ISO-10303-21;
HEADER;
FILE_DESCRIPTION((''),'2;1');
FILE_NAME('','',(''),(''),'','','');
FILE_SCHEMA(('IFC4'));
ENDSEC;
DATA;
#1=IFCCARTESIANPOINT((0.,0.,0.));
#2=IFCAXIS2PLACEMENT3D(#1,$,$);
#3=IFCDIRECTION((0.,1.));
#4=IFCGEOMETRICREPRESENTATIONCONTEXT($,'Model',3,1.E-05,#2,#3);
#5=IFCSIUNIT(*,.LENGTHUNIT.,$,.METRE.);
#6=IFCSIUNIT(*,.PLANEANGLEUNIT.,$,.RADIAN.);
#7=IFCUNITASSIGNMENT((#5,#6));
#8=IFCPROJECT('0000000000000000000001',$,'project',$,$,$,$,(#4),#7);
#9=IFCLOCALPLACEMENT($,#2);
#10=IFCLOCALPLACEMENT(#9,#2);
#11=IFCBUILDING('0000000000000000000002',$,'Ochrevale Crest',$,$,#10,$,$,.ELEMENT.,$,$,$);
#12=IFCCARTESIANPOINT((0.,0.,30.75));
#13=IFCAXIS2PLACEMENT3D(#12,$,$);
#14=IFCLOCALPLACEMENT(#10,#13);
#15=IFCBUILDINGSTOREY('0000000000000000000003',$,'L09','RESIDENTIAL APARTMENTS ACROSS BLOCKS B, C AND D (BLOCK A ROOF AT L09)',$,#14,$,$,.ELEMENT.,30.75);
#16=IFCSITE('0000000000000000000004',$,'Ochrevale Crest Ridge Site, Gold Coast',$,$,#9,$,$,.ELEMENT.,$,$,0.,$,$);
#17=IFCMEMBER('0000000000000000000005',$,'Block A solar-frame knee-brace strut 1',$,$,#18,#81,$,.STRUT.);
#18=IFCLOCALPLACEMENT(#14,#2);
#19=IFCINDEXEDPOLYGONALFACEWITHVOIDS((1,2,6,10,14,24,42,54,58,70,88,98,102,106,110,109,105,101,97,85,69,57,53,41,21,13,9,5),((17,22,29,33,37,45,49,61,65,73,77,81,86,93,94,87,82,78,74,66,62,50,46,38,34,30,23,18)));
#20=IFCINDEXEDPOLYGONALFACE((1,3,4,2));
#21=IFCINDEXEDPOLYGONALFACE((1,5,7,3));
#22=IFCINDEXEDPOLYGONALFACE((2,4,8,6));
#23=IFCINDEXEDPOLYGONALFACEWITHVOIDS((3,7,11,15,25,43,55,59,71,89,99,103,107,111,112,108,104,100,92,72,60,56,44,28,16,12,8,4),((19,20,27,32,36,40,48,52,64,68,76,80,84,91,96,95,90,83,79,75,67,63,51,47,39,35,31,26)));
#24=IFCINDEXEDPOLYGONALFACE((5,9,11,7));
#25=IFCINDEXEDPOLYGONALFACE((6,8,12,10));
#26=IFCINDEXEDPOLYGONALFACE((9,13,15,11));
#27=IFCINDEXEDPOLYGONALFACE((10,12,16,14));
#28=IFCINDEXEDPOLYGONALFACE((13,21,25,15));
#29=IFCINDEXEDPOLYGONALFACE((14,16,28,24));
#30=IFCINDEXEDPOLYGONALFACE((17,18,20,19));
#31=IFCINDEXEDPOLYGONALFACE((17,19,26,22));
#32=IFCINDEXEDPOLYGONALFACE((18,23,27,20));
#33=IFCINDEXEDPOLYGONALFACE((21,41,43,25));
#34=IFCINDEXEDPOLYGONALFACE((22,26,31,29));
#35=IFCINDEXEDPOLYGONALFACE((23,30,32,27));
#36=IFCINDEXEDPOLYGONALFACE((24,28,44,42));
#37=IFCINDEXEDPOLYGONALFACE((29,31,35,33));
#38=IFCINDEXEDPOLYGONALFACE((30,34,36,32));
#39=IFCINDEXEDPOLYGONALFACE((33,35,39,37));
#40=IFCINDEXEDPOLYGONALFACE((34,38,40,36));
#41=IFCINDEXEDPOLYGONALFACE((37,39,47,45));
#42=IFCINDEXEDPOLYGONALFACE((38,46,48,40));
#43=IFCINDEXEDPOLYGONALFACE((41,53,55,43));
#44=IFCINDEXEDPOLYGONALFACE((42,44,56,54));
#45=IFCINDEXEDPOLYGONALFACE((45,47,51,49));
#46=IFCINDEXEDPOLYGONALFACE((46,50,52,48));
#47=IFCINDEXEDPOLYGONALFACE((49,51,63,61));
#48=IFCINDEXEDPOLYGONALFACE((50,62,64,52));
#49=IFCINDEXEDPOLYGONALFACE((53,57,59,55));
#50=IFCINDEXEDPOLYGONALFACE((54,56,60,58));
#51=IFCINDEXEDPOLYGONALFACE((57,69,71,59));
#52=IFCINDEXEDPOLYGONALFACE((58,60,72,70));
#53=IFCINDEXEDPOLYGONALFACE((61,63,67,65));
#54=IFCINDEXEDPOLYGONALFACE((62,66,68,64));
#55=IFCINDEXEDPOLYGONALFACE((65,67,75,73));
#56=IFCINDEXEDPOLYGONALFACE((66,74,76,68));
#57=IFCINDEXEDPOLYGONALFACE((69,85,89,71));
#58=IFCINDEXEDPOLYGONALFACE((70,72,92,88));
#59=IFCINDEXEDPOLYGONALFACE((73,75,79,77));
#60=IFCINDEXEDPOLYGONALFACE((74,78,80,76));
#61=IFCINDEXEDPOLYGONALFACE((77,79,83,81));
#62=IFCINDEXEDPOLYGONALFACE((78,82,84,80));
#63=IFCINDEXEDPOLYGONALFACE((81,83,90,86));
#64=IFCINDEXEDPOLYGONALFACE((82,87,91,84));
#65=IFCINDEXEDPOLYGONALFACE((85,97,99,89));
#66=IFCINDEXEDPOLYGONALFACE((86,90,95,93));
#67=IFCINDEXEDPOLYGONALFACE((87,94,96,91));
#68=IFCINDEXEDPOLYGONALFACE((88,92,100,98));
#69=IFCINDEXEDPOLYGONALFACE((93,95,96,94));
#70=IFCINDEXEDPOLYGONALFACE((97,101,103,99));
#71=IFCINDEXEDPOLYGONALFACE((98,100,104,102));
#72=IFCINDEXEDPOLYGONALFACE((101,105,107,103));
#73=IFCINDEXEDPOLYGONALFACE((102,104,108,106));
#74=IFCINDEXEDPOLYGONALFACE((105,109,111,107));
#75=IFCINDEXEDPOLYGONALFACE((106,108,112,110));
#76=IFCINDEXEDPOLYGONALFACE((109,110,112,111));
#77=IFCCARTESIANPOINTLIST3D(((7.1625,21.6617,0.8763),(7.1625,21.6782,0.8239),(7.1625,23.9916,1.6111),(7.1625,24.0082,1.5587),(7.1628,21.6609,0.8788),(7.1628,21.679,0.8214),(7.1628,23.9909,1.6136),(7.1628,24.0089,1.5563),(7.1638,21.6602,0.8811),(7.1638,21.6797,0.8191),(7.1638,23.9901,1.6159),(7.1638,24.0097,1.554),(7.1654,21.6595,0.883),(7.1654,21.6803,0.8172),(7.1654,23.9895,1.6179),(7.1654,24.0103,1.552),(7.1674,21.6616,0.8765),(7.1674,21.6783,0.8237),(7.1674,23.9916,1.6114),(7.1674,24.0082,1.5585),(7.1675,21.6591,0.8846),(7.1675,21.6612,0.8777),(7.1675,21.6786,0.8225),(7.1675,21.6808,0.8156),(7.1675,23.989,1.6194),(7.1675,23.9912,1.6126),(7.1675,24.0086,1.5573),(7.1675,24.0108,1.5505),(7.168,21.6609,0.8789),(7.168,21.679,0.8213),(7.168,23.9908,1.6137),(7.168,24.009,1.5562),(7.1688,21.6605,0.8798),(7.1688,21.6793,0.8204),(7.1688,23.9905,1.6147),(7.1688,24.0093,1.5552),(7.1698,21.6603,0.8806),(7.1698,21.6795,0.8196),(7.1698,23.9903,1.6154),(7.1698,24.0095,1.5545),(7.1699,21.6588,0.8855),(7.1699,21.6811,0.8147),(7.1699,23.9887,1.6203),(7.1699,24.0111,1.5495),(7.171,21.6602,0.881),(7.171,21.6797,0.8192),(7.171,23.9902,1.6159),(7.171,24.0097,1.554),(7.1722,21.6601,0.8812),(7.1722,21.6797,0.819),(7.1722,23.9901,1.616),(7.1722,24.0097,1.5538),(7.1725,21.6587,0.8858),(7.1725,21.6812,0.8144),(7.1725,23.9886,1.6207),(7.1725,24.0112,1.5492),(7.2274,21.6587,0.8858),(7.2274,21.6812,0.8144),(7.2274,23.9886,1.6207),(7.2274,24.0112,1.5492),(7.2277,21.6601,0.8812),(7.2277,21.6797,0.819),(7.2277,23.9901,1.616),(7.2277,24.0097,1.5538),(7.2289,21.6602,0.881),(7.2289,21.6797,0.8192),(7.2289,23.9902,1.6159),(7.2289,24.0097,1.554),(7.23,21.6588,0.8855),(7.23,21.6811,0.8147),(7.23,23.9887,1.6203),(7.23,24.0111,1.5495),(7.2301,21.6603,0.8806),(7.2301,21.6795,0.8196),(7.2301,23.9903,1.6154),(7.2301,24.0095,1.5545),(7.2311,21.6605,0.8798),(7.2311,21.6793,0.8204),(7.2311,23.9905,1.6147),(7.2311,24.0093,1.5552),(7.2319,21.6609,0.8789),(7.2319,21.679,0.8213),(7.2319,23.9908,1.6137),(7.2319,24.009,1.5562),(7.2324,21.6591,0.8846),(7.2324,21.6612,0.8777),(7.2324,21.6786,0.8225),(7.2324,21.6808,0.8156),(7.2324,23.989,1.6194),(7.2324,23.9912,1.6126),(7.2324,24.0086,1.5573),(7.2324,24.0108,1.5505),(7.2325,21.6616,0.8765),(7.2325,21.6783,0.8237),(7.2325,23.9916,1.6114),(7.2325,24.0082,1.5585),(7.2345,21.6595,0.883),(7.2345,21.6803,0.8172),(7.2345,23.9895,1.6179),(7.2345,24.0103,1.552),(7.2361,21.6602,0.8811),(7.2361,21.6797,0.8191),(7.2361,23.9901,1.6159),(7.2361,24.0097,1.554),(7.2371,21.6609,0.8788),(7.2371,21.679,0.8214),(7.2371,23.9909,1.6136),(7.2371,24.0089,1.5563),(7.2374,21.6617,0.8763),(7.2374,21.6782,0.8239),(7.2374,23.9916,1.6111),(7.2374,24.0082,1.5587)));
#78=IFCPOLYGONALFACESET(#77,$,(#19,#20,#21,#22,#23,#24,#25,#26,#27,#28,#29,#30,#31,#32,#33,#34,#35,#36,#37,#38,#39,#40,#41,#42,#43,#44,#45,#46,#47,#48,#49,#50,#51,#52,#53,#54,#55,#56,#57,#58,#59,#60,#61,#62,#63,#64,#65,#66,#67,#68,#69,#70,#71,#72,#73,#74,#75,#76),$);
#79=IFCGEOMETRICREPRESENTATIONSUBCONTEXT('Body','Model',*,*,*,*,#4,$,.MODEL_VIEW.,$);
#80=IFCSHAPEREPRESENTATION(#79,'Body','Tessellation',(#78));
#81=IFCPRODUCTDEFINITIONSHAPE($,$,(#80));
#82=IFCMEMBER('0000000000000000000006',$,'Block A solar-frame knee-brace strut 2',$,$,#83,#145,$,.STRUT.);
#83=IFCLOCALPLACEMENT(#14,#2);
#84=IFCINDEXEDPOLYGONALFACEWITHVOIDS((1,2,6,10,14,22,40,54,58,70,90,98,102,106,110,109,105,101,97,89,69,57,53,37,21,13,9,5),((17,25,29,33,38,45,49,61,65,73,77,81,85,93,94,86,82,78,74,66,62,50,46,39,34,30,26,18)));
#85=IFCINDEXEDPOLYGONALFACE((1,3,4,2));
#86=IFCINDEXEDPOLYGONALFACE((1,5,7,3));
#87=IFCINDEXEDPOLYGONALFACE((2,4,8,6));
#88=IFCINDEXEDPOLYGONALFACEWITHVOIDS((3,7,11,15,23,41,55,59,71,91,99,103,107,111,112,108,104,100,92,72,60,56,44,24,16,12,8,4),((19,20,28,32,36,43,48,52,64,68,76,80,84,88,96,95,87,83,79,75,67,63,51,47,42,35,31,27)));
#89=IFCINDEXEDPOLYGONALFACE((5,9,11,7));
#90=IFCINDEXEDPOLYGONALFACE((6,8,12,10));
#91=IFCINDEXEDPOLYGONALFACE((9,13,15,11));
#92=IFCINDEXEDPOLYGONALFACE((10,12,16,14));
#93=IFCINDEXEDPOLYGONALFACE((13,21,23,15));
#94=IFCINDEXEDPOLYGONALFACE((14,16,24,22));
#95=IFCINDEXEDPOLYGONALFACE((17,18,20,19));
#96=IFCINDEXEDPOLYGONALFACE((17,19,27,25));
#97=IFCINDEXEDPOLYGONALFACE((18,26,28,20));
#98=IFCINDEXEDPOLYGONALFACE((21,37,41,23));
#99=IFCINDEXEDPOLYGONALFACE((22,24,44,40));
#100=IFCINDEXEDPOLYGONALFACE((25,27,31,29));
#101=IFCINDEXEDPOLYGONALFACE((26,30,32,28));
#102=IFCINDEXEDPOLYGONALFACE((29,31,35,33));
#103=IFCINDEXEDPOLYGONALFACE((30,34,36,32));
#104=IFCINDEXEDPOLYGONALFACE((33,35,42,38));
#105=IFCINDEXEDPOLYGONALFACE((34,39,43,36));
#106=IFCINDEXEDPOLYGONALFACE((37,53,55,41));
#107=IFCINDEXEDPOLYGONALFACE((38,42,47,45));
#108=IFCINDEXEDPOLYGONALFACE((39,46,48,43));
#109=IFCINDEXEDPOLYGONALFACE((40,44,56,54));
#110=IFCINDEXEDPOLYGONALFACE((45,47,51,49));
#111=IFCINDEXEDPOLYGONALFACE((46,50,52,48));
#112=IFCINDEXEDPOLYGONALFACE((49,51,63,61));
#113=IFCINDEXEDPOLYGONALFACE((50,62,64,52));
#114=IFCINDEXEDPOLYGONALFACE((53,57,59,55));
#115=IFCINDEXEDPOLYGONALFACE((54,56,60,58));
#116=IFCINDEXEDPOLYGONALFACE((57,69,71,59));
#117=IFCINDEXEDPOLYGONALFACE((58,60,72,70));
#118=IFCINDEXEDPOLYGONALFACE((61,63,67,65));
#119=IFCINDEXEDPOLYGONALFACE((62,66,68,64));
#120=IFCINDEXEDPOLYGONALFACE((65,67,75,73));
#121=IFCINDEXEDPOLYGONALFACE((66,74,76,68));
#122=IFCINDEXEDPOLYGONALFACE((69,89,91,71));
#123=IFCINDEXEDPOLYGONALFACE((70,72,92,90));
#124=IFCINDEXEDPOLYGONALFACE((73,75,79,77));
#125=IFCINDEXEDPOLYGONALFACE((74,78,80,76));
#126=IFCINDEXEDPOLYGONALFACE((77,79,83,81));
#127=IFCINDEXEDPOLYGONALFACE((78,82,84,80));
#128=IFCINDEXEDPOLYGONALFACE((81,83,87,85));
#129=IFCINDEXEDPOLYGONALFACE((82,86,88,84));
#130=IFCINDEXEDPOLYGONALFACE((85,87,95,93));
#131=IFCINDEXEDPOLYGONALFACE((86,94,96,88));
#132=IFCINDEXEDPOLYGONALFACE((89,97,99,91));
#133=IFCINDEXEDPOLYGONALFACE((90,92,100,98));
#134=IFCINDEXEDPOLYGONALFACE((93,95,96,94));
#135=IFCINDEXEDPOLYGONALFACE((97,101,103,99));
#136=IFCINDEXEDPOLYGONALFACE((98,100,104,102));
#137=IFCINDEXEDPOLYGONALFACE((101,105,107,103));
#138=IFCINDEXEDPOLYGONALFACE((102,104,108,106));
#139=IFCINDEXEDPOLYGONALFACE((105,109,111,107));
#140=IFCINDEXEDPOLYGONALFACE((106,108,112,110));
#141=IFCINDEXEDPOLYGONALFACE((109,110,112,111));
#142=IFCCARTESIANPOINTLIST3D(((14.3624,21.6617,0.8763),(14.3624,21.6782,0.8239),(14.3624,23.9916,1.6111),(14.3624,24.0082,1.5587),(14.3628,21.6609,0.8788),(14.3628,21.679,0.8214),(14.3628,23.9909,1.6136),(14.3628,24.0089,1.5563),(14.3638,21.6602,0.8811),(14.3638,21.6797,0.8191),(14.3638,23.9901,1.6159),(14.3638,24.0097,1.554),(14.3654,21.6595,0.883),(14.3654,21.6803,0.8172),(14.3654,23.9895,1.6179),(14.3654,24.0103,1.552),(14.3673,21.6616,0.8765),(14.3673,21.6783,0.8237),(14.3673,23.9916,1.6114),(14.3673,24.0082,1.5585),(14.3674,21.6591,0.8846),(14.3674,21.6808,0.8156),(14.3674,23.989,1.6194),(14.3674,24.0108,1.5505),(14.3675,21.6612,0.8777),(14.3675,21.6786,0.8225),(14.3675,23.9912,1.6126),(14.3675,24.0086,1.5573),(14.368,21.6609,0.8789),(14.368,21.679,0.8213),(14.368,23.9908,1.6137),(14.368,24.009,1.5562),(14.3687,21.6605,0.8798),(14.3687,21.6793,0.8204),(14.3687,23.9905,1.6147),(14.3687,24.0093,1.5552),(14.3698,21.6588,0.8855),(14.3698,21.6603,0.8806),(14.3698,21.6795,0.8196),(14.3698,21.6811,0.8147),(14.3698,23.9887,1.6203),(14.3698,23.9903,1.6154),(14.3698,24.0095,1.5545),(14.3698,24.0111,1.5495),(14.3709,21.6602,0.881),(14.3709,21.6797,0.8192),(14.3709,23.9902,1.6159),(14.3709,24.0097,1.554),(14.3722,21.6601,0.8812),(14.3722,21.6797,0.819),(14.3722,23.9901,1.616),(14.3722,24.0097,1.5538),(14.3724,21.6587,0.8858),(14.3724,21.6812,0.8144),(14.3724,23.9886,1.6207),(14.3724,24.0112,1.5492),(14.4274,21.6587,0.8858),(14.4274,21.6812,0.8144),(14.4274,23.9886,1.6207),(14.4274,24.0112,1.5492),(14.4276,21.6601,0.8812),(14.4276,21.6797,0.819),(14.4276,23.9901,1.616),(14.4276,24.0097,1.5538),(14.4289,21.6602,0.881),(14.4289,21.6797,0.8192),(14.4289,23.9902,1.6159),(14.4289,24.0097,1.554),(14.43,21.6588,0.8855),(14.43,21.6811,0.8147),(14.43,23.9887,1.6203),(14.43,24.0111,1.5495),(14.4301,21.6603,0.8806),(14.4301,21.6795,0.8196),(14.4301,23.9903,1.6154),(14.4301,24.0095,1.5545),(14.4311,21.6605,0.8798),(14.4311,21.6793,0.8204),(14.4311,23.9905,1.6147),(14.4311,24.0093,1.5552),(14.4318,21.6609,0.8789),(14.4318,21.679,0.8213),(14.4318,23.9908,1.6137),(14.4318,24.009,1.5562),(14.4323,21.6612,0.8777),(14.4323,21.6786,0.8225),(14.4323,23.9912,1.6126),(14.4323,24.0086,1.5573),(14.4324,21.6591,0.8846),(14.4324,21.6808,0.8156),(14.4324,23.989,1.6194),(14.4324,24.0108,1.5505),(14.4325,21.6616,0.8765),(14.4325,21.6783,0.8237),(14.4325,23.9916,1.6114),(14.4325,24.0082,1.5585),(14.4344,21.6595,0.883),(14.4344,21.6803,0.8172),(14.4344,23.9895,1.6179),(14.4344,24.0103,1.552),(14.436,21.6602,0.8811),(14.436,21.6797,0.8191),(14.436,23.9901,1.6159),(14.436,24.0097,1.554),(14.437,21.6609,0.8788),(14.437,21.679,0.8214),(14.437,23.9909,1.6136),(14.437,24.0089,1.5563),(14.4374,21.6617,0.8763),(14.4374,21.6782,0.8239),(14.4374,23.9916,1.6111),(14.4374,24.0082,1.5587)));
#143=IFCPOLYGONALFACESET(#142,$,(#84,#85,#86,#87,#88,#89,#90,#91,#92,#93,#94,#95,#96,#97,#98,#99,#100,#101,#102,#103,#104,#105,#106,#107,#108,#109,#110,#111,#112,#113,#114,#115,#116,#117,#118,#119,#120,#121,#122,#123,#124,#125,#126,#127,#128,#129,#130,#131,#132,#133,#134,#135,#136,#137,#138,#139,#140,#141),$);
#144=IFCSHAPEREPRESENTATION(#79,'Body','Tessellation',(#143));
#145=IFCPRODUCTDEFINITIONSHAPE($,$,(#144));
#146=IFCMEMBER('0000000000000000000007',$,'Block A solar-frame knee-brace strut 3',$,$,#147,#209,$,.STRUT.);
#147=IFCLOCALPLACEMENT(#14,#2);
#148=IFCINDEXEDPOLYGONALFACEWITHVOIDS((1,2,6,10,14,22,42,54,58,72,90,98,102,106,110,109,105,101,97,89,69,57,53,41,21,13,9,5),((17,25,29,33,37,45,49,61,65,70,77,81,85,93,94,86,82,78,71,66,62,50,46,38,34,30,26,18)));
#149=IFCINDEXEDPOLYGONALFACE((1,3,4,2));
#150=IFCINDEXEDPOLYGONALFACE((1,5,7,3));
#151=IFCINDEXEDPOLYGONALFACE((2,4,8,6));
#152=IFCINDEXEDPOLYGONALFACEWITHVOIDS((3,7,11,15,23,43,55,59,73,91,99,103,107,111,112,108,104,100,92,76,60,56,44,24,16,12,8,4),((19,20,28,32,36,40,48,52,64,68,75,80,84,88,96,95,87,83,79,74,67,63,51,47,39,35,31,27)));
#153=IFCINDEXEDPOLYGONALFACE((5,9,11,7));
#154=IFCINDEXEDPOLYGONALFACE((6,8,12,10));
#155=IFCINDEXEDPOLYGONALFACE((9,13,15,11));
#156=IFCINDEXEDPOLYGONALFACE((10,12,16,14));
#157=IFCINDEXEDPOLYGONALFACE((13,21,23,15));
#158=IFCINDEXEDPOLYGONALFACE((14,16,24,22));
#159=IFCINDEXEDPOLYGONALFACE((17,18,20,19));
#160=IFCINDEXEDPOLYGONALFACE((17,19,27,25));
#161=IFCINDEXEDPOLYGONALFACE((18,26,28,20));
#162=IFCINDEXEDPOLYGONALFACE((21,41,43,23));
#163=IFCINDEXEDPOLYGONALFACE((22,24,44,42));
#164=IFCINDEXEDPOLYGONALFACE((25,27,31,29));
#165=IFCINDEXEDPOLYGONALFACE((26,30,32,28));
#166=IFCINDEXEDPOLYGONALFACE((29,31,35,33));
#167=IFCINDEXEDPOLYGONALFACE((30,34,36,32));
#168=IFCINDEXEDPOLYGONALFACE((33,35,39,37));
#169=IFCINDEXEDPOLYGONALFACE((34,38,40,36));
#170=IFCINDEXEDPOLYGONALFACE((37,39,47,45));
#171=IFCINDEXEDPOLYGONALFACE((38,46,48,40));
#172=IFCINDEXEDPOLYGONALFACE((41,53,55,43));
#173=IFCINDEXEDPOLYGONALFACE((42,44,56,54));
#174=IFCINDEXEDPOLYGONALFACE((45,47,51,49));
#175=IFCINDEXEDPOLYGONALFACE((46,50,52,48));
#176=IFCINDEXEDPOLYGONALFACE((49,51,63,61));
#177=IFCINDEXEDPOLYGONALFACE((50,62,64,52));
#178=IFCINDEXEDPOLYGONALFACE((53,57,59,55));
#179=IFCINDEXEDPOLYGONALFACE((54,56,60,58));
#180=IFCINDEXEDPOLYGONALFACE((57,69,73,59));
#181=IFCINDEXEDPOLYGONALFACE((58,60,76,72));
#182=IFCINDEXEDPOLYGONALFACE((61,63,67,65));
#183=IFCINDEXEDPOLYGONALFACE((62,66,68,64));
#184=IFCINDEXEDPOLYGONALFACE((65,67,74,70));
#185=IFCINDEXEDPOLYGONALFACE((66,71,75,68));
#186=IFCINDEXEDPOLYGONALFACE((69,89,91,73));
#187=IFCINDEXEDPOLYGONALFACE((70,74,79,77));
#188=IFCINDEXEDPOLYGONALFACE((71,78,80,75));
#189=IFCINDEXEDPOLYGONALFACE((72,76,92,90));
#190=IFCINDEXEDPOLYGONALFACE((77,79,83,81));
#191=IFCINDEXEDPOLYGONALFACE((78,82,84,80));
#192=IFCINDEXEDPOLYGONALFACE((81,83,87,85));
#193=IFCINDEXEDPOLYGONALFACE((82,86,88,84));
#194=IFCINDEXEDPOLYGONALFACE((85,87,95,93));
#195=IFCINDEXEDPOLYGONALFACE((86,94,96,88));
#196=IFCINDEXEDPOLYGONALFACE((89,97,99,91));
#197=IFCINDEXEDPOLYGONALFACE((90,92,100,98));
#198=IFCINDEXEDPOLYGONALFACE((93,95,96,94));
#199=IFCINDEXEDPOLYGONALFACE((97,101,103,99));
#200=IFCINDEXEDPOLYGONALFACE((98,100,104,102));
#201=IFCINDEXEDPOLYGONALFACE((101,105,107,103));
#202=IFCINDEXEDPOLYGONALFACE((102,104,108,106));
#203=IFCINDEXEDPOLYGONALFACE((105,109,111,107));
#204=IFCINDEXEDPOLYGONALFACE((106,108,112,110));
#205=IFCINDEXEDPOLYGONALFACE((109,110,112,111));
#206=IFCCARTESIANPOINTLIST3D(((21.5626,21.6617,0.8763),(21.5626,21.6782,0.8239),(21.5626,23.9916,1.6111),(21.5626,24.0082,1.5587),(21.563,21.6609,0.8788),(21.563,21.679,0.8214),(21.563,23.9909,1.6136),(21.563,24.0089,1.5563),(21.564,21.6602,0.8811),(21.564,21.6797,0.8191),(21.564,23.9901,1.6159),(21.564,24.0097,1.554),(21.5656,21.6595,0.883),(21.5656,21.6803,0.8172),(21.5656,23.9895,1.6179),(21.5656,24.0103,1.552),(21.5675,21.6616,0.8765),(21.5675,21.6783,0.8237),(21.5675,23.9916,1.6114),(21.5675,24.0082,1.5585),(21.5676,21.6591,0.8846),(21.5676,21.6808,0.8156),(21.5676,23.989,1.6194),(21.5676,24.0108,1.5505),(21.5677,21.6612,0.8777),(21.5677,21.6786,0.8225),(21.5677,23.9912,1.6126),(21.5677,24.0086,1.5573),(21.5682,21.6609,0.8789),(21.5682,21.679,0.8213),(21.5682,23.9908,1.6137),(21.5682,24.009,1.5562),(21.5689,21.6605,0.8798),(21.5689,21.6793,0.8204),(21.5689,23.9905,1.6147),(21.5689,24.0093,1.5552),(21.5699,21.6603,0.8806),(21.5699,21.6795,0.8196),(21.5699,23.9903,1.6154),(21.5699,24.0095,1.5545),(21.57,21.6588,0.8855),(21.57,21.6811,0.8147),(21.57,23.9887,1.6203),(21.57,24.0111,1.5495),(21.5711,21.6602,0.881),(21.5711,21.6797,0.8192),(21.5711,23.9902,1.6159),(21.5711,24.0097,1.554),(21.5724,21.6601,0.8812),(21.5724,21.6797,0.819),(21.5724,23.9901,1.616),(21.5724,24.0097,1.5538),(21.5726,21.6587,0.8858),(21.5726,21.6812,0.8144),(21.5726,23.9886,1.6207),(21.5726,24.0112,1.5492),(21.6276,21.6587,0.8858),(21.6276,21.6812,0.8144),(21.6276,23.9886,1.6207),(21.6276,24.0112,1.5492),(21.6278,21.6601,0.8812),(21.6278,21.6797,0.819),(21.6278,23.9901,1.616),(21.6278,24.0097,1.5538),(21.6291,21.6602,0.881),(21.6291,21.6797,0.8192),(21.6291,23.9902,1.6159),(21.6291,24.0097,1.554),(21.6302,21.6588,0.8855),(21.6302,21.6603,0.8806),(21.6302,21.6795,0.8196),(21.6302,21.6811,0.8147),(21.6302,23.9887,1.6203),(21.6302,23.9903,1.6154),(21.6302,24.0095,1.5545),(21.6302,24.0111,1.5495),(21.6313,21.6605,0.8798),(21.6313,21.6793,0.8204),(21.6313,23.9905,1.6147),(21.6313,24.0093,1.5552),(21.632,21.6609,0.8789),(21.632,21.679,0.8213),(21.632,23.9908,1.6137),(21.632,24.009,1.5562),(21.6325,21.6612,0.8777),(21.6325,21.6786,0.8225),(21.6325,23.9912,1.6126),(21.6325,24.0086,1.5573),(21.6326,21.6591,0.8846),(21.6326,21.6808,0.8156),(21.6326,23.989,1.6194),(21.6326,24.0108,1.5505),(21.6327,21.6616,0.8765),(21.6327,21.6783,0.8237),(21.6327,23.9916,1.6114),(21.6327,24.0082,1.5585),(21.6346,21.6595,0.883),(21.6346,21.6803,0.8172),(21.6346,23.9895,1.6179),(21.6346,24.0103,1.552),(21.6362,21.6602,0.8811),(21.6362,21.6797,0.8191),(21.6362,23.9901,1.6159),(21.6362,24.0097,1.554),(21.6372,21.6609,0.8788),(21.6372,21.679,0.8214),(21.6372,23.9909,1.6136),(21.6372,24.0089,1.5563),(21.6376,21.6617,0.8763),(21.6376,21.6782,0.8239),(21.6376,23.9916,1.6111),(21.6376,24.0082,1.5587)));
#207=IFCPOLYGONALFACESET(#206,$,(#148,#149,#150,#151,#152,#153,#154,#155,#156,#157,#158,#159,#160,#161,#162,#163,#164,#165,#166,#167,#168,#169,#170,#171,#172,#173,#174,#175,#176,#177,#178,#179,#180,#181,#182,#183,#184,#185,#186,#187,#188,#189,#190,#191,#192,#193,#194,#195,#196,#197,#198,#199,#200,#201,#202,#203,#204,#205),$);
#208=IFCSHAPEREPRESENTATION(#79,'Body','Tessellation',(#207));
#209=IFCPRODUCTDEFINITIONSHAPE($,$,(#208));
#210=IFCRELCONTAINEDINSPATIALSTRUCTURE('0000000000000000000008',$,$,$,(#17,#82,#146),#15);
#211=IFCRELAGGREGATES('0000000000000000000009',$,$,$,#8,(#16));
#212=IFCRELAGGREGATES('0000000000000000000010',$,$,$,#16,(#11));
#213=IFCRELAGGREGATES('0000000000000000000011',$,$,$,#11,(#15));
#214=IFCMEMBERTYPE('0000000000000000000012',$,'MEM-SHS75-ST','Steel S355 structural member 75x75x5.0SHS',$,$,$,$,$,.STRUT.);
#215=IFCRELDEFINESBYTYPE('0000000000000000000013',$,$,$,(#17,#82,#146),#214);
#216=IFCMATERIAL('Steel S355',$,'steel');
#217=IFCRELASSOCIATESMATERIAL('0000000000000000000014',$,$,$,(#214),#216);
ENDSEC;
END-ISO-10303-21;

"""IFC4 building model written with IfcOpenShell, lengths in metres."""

from ifc_helpers import new_model, si_unit, direction, frame, origin, origin_2d, place, context, subcontext, project, spatial, hollow_rectangle, extrude, material, material_profile, profile_set, type_object, element, save


model = new_model("IFC4")

# Units and contexts
model_context = context("Model", 3, precision=1e-05, world=origin(), true_north=direction((0.0, 1.0)))
body_context = subcontext(model_context, "Body", "Model", "MODEL_VIEW")
ifc_project = project(units=[si_unit("LENGTHUNIT", "METRE"), si_unit("PLANEANGLEUNIT", "RADIAN")], contexts=[model_context])

# Site, building, storey
site_placement = place(None, origin())
site = spatial("IfcSite", under=ifc_project, at=site_placement, Name="Ochrevale Crest Ridge Site, Gold Coast", CompositionType="ELEMENT", RefElevation=0.0)
building_placement = place(site_placement, origin())
building = spatial("IfcBuilding", under=site, at=building_placement, Name="Ochrevale Crest", CompositionType="ELEMENT")
storey_placement = place(building_placement, frame((0.0, 0.0, 30.75)))
storey = spatial("IfcBuildingStorey", under=building, at=storey_placement, Name="L09", Description="RESIDENTIAL APARTMENTS ACROSS BLOCKS B, C AND D (BLOCK A ROOF AT L09)", CompositionType="ELEMENT", Elevation=30.75)

# Shared definitions
ifc_material_1 = material(Name="Steel S355", Category="steel")

# Members
ifc_material_profile_1 = material_profile(ifc_material_1, hollow_rectangle(XDim=0.075, YDim=0.075, WallThickness=0.0049, InnerFilletRadius=0.0049, OuterFilletRadius=0.01, at=origin_2d()), Name="75x75x5.0SHS")
ifc_profile_set_1 = profile_set([ifc_material_profile_1], Name="Steel S355")
member_type_1 = type_object("IfcMemberType", Name="MEM-SHS75-ST", Description="Steel S355 structural member 75x75x5.0SHS", PredefinedType="STRUT", material=ifc_profile_set_1)
for number, where, z_axis, x_axis, name in (
    (1, (7.2, 21.6699, 0.8501), (0.0, 0.953694, 0.300777), (-1.0, 0.0, 0.0), "Block A solar-frame knee-brace strut 1"),
    (2, (14.3999, 21.6699, 0.8501), (0.0, 0.953694, 0.300777), (-1.0, 0.0, 0.0), "Block A solar-frame knee-brace strut 2"),
    (3, (21.6001, 21.6699, 0.8501), (0.0, 0.953694, 0.300777), (-1.0, 0.0, 0.0), "Block A solar-frame knee-brace strut 3"),
):
    element("IfcMember", number, at=place(storey_placement, frame(where, z_axis=z_axis, x_axis=x_axis)), inside=storey, type_object=member_type_1, Name=name, PredefinedType="STRUT", context=body_context, shape_type="SweptSolid", body=[
        extrude(hollow_rectangle(XDim=0.075, YDim=0.075, WallThickness=0.0049, InnerFilletRadius=0.0049, OuterFilletRadius=0.01, at=origin_2d()), origin(), (0.0, 0.0, 1.0), 2.4431),
    ])

save(model, "model.ifc")
